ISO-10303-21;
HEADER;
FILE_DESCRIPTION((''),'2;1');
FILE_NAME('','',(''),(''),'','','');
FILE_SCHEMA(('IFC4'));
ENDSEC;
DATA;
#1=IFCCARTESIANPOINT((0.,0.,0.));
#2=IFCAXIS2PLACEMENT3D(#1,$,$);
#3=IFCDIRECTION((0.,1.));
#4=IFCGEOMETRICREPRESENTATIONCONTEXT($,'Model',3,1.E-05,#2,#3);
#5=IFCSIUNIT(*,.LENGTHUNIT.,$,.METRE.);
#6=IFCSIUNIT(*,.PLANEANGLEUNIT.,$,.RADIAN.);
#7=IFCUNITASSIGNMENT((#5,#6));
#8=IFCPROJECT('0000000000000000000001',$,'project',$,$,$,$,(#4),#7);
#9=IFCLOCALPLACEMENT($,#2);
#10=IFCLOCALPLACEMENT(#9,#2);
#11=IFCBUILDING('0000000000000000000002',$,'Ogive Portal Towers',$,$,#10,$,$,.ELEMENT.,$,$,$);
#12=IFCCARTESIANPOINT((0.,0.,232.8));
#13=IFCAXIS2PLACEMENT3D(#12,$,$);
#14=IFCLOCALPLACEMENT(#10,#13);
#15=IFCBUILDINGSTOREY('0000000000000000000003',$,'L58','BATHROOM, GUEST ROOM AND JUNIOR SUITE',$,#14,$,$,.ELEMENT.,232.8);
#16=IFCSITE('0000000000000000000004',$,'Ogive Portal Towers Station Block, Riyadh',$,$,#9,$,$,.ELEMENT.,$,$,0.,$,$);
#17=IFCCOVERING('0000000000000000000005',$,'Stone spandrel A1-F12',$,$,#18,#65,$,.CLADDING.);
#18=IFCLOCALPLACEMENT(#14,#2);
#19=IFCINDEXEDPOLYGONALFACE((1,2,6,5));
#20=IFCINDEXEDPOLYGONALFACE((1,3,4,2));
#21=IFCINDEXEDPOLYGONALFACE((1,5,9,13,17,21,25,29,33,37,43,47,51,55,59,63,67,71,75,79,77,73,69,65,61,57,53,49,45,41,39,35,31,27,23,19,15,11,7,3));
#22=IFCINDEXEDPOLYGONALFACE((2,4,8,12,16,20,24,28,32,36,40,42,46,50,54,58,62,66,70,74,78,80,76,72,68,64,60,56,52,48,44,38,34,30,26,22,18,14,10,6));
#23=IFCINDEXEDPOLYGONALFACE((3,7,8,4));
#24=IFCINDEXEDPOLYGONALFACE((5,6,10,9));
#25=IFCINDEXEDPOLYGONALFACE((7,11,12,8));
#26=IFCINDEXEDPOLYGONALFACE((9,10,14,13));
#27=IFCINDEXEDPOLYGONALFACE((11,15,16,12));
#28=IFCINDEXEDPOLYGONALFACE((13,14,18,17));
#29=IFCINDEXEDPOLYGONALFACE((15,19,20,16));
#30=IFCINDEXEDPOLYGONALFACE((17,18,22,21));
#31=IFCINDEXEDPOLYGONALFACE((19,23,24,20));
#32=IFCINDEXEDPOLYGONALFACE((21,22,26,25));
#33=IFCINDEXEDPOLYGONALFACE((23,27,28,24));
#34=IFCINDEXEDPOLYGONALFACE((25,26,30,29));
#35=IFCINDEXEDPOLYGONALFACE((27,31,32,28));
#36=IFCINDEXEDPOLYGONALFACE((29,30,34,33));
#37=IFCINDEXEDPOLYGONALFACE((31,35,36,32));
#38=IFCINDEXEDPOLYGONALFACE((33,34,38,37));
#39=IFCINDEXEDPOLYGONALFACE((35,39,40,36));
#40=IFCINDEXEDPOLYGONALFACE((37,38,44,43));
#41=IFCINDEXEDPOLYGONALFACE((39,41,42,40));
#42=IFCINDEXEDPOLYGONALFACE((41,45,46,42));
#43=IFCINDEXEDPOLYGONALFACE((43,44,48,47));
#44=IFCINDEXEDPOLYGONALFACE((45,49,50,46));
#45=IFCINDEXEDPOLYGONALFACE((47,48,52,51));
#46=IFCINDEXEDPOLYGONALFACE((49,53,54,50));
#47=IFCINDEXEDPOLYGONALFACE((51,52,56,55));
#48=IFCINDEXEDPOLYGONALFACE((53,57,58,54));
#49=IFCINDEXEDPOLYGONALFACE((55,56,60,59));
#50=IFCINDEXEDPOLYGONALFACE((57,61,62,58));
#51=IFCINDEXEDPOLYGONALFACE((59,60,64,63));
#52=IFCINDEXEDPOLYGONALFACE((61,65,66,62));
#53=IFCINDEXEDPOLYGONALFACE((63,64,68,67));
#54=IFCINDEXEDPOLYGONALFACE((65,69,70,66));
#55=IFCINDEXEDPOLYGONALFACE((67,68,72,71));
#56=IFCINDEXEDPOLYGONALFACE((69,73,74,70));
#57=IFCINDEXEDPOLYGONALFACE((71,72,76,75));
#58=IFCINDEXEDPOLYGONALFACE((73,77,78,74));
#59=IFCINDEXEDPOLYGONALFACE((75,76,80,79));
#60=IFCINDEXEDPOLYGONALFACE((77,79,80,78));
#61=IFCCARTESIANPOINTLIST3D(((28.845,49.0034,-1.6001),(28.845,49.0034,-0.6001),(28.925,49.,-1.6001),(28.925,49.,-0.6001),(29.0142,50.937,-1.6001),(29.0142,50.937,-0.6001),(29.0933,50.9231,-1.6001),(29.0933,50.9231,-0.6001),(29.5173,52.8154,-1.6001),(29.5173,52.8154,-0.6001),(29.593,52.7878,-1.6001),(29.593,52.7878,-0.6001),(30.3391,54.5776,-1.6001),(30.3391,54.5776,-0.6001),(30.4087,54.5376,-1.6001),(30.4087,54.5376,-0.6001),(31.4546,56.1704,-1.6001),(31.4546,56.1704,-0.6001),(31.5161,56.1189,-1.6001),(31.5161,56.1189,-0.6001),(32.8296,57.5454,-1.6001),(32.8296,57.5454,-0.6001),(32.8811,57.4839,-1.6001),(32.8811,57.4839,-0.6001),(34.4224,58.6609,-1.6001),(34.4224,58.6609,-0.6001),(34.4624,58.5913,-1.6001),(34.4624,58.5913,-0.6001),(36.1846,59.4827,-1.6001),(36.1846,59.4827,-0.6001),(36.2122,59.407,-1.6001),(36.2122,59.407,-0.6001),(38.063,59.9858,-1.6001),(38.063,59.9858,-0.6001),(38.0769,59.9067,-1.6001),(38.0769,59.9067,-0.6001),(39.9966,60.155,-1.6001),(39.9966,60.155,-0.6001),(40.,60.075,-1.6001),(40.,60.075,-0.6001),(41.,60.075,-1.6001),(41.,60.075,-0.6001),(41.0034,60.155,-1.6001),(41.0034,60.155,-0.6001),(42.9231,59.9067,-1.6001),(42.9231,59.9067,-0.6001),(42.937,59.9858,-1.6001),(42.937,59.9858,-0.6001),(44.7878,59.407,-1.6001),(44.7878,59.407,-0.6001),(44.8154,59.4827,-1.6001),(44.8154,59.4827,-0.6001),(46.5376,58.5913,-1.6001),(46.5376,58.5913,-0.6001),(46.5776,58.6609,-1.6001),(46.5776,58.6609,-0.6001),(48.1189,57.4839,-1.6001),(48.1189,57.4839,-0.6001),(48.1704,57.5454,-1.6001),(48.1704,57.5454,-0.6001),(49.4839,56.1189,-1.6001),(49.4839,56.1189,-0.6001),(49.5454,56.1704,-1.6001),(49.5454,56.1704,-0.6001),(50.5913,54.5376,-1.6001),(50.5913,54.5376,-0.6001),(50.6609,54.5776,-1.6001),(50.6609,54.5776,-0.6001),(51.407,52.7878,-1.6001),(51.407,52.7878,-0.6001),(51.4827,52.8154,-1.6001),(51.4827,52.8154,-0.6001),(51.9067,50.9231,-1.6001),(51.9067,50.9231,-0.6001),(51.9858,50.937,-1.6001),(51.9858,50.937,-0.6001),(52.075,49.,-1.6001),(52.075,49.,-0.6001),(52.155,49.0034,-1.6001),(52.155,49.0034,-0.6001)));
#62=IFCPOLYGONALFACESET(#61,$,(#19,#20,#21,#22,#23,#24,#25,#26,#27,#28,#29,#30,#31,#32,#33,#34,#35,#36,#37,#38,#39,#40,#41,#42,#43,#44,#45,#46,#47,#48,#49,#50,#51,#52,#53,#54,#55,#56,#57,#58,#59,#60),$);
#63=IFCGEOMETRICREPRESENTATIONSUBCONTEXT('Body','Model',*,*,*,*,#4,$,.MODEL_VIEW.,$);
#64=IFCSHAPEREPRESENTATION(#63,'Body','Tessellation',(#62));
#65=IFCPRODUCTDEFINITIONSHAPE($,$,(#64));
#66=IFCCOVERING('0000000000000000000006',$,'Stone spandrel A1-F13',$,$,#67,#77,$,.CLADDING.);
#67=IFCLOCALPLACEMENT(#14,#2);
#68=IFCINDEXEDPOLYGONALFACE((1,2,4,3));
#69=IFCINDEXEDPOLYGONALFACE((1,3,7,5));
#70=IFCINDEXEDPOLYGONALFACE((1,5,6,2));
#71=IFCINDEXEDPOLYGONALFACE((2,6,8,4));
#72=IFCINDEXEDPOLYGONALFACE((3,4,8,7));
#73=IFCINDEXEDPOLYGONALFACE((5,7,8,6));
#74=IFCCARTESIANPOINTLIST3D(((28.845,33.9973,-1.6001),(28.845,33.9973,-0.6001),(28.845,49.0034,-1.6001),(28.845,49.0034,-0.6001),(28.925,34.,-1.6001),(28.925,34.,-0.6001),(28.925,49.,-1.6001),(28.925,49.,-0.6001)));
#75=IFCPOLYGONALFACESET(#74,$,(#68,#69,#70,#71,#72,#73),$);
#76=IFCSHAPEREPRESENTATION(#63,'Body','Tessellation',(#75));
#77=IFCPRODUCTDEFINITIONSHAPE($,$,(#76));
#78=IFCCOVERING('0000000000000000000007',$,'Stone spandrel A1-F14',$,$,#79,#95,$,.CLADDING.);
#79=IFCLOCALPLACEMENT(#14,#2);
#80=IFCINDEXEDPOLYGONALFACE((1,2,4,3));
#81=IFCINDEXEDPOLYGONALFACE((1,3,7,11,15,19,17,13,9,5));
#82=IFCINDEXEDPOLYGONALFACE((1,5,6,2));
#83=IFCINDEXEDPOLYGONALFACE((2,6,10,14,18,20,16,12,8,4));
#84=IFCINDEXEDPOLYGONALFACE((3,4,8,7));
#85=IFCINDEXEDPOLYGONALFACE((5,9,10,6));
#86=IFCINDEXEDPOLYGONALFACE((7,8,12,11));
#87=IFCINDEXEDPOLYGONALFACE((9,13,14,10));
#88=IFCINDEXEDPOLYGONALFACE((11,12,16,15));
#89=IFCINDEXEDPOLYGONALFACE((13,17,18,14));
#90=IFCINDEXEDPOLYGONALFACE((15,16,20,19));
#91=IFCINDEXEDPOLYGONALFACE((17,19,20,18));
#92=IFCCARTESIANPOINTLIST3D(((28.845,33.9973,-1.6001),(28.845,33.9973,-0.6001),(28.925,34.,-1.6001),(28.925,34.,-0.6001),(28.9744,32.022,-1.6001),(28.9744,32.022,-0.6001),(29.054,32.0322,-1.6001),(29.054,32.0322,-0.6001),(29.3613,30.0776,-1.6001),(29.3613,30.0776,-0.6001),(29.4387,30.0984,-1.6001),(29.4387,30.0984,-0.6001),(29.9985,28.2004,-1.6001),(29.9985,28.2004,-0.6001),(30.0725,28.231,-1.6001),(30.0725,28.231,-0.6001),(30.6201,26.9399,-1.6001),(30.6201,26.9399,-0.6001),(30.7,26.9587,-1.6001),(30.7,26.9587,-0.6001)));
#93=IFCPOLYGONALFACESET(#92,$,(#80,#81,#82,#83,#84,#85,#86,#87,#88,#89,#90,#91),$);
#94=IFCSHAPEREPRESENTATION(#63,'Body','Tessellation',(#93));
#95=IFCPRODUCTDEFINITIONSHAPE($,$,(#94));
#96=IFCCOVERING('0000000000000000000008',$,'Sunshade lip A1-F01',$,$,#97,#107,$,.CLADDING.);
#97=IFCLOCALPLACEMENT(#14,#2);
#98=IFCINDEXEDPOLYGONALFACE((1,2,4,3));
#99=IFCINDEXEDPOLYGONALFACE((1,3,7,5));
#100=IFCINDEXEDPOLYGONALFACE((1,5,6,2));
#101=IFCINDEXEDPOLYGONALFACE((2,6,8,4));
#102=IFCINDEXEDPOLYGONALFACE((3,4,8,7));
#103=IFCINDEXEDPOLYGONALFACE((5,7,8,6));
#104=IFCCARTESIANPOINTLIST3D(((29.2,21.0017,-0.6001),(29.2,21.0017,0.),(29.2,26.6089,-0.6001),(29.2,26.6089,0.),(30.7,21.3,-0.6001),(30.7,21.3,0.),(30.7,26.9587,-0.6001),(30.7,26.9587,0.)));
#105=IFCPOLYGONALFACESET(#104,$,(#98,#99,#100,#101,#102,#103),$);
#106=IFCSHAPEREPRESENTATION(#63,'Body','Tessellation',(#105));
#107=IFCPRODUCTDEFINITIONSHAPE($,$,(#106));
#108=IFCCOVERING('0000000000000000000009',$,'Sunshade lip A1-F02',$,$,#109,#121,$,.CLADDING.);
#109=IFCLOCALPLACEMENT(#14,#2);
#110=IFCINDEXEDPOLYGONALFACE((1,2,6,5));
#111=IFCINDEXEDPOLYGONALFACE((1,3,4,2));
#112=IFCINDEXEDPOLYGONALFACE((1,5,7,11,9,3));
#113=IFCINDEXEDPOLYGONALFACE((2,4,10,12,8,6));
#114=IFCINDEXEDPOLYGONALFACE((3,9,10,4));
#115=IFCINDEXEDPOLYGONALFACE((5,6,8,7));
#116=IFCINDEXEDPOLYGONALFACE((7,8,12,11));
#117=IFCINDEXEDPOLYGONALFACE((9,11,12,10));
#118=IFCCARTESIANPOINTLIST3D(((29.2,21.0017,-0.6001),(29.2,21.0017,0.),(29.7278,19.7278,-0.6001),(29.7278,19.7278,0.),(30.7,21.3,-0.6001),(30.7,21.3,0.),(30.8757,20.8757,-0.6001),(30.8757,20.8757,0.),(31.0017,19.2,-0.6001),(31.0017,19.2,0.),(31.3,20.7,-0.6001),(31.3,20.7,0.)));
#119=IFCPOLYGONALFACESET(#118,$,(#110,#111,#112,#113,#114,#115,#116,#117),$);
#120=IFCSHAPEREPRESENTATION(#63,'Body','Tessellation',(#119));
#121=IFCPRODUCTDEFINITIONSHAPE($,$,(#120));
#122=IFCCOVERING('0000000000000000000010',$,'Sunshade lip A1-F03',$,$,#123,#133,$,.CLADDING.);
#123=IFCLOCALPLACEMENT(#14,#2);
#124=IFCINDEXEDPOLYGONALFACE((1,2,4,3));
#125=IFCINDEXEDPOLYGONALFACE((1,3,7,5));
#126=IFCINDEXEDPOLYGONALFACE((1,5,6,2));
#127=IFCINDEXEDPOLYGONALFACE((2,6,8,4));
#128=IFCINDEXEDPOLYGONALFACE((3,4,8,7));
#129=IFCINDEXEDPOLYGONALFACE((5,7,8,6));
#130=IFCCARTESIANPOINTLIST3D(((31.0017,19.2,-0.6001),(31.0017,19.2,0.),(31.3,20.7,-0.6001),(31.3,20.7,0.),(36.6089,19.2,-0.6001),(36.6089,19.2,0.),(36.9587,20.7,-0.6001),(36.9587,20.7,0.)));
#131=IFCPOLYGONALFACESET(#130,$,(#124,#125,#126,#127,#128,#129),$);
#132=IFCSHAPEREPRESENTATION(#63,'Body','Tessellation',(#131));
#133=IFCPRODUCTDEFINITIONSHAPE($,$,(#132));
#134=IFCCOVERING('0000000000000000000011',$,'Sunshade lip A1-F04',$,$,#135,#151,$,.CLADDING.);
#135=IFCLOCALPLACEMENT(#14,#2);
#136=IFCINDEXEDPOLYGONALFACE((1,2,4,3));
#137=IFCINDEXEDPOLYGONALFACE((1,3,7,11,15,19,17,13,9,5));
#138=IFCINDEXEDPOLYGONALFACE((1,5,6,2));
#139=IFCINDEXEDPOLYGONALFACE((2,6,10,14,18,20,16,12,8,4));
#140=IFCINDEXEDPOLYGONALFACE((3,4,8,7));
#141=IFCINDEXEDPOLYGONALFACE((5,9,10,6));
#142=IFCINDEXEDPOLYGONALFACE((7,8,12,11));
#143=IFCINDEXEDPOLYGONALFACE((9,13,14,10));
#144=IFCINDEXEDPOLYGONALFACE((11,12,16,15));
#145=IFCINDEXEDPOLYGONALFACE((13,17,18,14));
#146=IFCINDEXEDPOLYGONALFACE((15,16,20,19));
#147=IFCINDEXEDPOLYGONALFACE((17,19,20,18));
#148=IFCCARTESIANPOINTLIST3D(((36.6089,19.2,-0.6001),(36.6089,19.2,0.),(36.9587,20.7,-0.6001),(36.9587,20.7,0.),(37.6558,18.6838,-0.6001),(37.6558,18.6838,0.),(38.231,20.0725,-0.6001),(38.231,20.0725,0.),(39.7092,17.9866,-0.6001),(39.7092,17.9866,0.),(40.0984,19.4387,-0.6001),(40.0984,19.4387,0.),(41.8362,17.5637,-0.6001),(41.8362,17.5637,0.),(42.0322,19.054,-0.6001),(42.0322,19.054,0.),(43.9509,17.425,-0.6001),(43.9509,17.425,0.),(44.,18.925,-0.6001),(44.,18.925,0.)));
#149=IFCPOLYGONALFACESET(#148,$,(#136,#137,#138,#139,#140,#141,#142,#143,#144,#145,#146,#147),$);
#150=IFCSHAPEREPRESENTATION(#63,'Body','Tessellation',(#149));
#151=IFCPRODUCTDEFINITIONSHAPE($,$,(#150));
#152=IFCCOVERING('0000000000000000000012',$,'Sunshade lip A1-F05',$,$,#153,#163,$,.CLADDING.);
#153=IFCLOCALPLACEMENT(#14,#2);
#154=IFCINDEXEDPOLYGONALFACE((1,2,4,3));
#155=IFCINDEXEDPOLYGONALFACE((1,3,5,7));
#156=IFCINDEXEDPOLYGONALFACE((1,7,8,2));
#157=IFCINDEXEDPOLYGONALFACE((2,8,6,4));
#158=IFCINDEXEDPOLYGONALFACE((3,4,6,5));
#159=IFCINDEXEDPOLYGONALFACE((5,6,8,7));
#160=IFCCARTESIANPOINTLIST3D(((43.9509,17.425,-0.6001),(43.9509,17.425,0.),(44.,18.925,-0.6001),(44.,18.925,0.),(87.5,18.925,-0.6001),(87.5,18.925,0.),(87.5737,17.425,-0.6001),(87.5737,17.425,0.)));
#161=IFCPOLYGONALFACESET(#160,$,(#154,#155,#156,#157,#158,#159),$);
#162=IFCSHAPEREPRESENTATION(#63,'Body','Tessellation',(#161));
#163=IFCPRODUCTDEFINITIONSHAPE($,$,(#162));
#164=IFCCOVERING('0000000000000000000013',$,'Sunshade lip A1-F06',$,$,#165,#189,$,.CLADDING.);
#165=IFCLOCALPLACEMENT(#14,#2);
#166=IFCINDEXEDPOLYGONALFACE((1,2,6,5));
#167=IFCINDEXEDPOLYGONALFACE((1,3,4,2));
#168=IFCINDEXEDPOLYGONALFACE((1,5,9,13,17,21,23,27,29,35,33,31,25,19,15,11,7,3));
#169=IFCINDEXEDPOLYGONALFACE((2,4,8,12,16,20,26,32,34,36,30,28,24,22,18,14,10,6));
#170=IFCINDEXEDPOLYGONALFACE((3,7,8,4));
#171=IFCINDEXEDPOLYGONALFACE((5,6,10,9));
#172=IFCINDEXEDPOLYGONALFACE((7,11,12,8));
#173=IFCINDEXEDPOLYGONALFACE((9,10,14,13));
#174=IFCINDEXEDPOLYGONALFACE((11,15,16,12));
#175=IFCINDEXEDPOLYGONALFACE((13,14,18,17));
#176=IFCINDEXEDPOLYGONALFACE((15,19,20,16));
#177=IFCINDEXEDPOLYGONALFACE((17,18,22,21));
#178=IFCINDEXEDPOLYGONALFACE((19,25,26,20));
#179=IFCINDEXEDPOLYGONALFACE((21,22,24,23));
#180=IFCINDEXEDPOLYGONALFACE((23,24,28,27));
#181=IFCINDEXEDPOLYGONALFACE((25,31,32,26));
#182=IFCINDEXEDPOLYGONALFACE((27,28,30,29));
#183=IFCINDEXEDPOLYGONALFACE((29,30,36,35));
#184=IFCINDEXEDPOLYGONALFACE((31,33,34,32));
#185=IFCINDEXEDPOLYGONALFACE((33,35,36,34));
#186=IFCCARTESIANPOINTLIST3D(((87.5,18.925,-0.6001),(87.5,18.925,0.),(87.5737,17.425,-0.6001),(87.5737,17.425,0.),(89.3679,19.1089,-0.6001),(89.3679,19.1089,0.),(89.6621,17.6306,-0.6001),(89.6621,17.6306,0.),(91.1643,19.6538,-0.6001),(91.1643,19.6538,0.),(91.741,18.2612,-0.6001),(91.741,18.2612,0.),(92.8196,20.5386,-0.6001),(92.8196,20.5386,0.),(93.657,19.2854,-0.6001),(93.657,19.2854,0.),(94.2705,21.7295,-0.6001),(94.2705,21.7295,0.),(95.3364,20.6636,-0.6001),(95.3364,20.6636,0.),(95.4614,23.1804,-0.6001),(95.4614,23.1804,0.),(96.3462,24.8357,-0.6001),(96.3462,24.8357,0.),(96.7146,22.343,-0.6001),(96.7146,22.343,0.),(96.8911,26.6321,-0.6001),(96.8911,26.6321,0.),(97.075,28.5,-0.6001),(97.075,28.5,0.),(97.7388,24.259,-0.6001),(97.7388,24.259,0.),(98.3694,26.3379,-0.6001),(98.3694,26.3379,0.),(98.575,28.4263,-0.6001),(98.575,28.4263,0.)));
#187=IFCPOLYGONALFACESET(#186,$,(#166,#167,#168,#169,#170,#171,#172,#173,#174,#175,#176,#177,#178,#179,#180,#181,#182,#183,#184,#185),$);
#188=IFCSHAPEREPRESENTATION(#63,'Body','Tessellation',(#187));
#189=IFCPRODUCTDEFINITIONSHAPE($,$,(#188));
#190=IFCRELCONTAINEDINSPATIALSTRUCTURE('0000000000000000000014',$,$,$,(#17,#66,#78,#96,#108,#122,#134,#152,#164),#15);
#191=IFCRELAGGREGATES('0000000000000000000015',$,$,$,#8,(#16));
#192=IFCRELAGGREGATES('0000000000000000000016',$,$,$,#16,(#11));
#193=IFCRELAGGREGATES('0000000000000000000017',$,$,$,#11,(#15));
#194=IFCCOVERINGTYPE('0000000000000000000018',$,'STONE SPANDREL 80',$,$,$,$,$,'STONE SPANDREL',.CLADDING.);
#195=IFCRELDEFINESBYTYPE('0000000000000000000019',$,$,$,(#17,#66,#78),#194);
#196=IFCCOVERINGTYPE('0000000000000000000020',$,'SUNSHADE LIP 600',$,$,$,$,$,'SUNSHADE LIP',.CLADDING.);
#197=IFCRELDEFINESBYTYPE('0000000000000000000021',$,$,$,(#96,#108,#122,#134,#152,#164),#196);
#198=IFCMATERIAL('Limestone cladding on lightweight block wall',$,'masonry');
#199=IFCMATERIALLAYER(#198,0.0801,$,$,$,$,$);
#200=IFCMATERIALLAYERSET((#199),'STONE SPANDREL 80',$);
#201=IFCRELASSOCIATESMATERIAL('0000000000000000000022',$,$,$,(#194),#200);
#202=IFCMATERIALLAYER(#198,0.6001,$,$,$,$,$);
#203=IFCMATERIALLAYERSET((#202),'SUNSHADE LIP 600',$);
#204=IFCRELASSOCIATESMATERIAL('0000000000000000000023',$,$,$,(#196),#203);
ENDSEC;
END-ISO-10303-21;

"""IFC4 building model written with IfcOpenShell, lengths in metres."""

from ifc_helpers import new_model, si_unit, direction, frame, origin, place, context, subcontext, project, spatial, polyline, outline, extrude, material, layer, layer_set, type_object, element, save


model = new_model("IFC4")

# Units and contexts
model_context = context("Model", 3, precision=1e-05, world=origin(), true_north=direction((0.0, 1.0)))
body_context = subcontext(model_context, "Body", "Model", "MODEL_VIEW")
ifc_project = project(units=[si_unit("LENGTHUNIT", "METRE"), si_unit("PLANEANGLEUNIT", "RADIAN")], contexts=[model_context])

# Site, building, storey
site_placement = place(None, origin())
site = spatial("IfcSite", under=ifc_project, at=site_placement, Name="Ogive Portal Towers Station Block, Riyadh", CompositionType="ELEMENT", RefElevation=0.0)
building_placement = place(site_placement, origin())
building = spatial("IfcBuilding", under=site, at=building_placement, Name="Ogive Portal Towers", CompositionType="ELEMENT")
storey_placement = place(building_placement, frame((0.0, 0.0, 232.8)))
storey = spatial("IfcBuildingStorey", under=building, at=storey_placement, Name="L58", Description="BATHROOM, GUEST ROOM AND JUNIOR SUITE", CompositionType="ELEMENT", Elevation=232.8)

# Coverings
ifc_material_1 = material(Name="Limestone cladding on lightweight block wall", Category="masonry")
ifc_layer_1 = layer(ifc_material_1, 0.0801)
ifc_layer_set_1 = layer_set([ifc_layer_1], Name="STONE SPANDREL 80")
covering_type_1 = type_object("IfcCoveringType", Name="STONE SPANDREL 80", ElementType="STONE SPANDREL", PredefinedType="CLADDING", material=ifc_layer_set_1)
covering_1_placement = place(storey_placement, frame((0.0, 0.0, -1.6001)))
element("IfcCovering", 1, at=covering_1_placement, inside=storey, type_object=covering_type_1, Name="Stone spandrel A1-F12", PredefinedType="CLADDING", context=body_context, shape_type="SweptSolid", body=[
    extrude(outline(polyline([(52.075, 49.0), (51.9067, 50.9231), (51.407, 52.7878), (50.5913, 54.5376), (49.4839, 56.1189), (48.1189, 57.4839), (46.5376, 58.5913), (44.7878, 59.407), (42.9231, 59.9067), (41.0, 60.075), (40.0, 60.075), (38.0769, 59.9067), (36.2122, 59.407), (34.4624, 58.5913), (32.8811, 57.4839), (31.5161, 56.1189), (30.4087, 54.5376), (29.593, 52.7878), (29.0933, 50.9231), (28.925, 49.0), (28.845, 49.0034), (29.0142, 50.937), (29.5173, 52.8154), (30.3391, 54.5776), (31.4546, 56.1704), (32.8296, 57.5454), (34.4224, 58.6609), (36.1846, 59.4827), (38.063, 59.9858), (39.9966, 60.155), (41.0034, 60.155), (42.937, 59.9858), (44.8154, 59.4827), (46.5776, 58.6609), (48.1704, 57.5454), (49.5454, 56.1704), (50.6609, 54.5776), (51.4827, 52.8154), (51.9858, 50.937), (52.155, 49.0034), (52.075, 49.0)])), origin(), (0.0, 0.0, 1.0), 1.0),
])
covering_2_placement = place(storey_placement, frame((0.0, 0.0, -1.6001)))
element("IfcCovering", 2, at=covering_2_placement, inside=storey, type_object=covering_type_1, Name="Stone spandrel A1-F13", PredefinedType="CLADDING", context=body_context, shape_type="SweptSolid", body=[
    extrude(outline(polyline([(28.925, 49.0), (28.925, 34.0), (28.845, 33.9973), (28.845, 49.0034), (28.925, 49.0)])), origin(), (0.0, 0.0, 1.0), 1.0),
])
covering_3_placement = place(storey_placement, frame((0.0, 0.0, -1.6001)))
element("IfcCovering", 3, at=covering_3_placement, inside=storey, type_object=covering_type_1, Name="Stone spandrel A1-F14", PredefinedType="CLADDING", context=body_context, shape_type="SweptSolid", body=[
    extrude(outline(polyline([(28.925, 34.0), (29.054, 32.0322), (29.4387, 30.0984), (30.0725, 28.231), (30.7, 26.9587), (30.6201, 26.9399), (29.9985, 28.2004), (29.3613, 30.0776), (28.9744, 32.022), (28.845, 33.9973), (28.925, 34.0)])), origin(), (0.0, 0.0, 1.0), 1.0),
])
ifc_layer_2 = layer(ifc_material_1, 0.6001)
ifc_layer_set_2 = layer_set([ifc_layer_2], Name="SUNSHADE LIP 600")
covering_type_2 = type_object("IfcCoveringType", Name="SUNSHADE LIP 600", ElementType="SUNSHADE LIP", PredefinedType="CLADDING", material=ifc_layer_set_2)
covering_4_placement = place(storey_placement, frame((0.0, 0.0, -0.6001)))
element("IfcCovering", 4, at=covering_4_placement, inside=storey, type_object=covering_type_2, Name="Sunshade lip A1-F01", PredefinedType="CLADDING", context=body_context, shape_type="SweptSolid", body=[
    extrude(outline(polyline([(30.7, 26.9587), (30.7, 21.3), (29.2, 21.0017), (29.2, 26.6089), (30.7, 26.9587)])), origin(), (0.0, 0.0, 1.0), 0.6001),
])
covering_5_placement = place(storey_placement, frame((0.0, 0.0, -0.6001)))
element("IfcCovering", 5, at=covering_5_placement, inside=storey, type_object=covering_type_2, Name="Sunshade lip A1-F02", PredefinedType="CLADDING", context=body_context, shape_type="SweptSolid", body=[
    extrude(outline(polyline([(30.7, 21.3), (30.8757, 20.8757), (31.3, 20.7), (31.0017, 19.2), (29.7278, 19.7278), (29.2, 21.0017), (30.7, 21.3)])), origin(), (0.0, 0.0, 1.0), 0.6001),
])
covering_6_placement = place(storey_placement, frame((0.0, 0.0, -0.6001)))
element("IfcCovering", 6, at=covering_6_placement, inside=storey, type_object=covering_type_2, Name="Sunshade lip A1-F03", PredefinedType="CLADDING", context=body_context, shape_type="SweptSolid", body=[
    extrude(outline(polyline([(31.3, 20.7), (36.9587, 20.7), (36.6089, 19.2), (31.0017, 19.2), (31.3, 20.7)])), origin(), (0.0, 0.0, 1.0), 0.6001),
])
covering_7_placement = place(storey_placement, frame((0.0, 0.0, -0.6001)))
element("IfcCovering", 7, at=covering_7_placement, inside=storey, type_object=covering_type_2, Name="Sunshade lip A1-F04", PredefinedType="CLADDING", context=body_context, shape_type="SweptSolid", body=[
    extrude(outline(polyline([(36.9587, 20.7), (38.231, 20.0725), (40.0984, 19.4387), (42.0322, 19.054), (44.0, 18.925), (43.9509, 17.425), (41.8362, 17.5637), (39.7092, 17.9866), (37.6558, 18.6838), (36.6089, 19.2), (36.9587, 20.7)])), origin(), (0.0, 0.0, 1.0), 0.6001),
])
covering_8_placement = place(storey_placement, frame((0.0, 0.0, -0.6001)))
element("IfcCovering", 8, at=covering_8_placement, inside=storey, type_object=covering_type_2, Name="Sunshade lip A1-F05", PredefinedType="CLADDING", context=body_context, shape_type="SweptSolid", body=[
    extrude(outline(polyline([(44.0, 18.925), (87.5, 18.925), (87.5737, 17.425), (43.9509, 17.425), (44.0, 18.925)])), origin(), (0.0, 0.0, 1.0), 0.6001),
])
covering_9_placement = place(storey_placement, frame((0.0, 0.0, -0.6001)))
element("IfcCovering", 9, at=covering_9_placement, inside=storey, type_object=covering_type_2, Name="Sunshade lip A1-F06", PredefinedType="CLADDING", context=body_context, shape_type="SweptSolid", body=[
    extrude(outline(polyline([(87.5, 18.925), (89.3679, 19.1089), (91.1643, 19.6538), (92.8196, 20.5386), (94.2705, 21.7295), (95.4614, 23.1804), (96.3462, 24.8357), (96.8911, 26.6321), (97.075, 28.5), (98.575, 28.4263), (98.3694, 26.3379), (97.7388, 24.259), (96.7146, 22.343), (95.3364, 20.6636), (93.657, 19.2854), (91.741, 18.2612), (89.6621, 17.6306), (87.5737, 17.425), (87.5, 18.925)])), origin(), (0.0, 0.0, 1.0), 0.6001),
])

save(model, "model.ifc")
